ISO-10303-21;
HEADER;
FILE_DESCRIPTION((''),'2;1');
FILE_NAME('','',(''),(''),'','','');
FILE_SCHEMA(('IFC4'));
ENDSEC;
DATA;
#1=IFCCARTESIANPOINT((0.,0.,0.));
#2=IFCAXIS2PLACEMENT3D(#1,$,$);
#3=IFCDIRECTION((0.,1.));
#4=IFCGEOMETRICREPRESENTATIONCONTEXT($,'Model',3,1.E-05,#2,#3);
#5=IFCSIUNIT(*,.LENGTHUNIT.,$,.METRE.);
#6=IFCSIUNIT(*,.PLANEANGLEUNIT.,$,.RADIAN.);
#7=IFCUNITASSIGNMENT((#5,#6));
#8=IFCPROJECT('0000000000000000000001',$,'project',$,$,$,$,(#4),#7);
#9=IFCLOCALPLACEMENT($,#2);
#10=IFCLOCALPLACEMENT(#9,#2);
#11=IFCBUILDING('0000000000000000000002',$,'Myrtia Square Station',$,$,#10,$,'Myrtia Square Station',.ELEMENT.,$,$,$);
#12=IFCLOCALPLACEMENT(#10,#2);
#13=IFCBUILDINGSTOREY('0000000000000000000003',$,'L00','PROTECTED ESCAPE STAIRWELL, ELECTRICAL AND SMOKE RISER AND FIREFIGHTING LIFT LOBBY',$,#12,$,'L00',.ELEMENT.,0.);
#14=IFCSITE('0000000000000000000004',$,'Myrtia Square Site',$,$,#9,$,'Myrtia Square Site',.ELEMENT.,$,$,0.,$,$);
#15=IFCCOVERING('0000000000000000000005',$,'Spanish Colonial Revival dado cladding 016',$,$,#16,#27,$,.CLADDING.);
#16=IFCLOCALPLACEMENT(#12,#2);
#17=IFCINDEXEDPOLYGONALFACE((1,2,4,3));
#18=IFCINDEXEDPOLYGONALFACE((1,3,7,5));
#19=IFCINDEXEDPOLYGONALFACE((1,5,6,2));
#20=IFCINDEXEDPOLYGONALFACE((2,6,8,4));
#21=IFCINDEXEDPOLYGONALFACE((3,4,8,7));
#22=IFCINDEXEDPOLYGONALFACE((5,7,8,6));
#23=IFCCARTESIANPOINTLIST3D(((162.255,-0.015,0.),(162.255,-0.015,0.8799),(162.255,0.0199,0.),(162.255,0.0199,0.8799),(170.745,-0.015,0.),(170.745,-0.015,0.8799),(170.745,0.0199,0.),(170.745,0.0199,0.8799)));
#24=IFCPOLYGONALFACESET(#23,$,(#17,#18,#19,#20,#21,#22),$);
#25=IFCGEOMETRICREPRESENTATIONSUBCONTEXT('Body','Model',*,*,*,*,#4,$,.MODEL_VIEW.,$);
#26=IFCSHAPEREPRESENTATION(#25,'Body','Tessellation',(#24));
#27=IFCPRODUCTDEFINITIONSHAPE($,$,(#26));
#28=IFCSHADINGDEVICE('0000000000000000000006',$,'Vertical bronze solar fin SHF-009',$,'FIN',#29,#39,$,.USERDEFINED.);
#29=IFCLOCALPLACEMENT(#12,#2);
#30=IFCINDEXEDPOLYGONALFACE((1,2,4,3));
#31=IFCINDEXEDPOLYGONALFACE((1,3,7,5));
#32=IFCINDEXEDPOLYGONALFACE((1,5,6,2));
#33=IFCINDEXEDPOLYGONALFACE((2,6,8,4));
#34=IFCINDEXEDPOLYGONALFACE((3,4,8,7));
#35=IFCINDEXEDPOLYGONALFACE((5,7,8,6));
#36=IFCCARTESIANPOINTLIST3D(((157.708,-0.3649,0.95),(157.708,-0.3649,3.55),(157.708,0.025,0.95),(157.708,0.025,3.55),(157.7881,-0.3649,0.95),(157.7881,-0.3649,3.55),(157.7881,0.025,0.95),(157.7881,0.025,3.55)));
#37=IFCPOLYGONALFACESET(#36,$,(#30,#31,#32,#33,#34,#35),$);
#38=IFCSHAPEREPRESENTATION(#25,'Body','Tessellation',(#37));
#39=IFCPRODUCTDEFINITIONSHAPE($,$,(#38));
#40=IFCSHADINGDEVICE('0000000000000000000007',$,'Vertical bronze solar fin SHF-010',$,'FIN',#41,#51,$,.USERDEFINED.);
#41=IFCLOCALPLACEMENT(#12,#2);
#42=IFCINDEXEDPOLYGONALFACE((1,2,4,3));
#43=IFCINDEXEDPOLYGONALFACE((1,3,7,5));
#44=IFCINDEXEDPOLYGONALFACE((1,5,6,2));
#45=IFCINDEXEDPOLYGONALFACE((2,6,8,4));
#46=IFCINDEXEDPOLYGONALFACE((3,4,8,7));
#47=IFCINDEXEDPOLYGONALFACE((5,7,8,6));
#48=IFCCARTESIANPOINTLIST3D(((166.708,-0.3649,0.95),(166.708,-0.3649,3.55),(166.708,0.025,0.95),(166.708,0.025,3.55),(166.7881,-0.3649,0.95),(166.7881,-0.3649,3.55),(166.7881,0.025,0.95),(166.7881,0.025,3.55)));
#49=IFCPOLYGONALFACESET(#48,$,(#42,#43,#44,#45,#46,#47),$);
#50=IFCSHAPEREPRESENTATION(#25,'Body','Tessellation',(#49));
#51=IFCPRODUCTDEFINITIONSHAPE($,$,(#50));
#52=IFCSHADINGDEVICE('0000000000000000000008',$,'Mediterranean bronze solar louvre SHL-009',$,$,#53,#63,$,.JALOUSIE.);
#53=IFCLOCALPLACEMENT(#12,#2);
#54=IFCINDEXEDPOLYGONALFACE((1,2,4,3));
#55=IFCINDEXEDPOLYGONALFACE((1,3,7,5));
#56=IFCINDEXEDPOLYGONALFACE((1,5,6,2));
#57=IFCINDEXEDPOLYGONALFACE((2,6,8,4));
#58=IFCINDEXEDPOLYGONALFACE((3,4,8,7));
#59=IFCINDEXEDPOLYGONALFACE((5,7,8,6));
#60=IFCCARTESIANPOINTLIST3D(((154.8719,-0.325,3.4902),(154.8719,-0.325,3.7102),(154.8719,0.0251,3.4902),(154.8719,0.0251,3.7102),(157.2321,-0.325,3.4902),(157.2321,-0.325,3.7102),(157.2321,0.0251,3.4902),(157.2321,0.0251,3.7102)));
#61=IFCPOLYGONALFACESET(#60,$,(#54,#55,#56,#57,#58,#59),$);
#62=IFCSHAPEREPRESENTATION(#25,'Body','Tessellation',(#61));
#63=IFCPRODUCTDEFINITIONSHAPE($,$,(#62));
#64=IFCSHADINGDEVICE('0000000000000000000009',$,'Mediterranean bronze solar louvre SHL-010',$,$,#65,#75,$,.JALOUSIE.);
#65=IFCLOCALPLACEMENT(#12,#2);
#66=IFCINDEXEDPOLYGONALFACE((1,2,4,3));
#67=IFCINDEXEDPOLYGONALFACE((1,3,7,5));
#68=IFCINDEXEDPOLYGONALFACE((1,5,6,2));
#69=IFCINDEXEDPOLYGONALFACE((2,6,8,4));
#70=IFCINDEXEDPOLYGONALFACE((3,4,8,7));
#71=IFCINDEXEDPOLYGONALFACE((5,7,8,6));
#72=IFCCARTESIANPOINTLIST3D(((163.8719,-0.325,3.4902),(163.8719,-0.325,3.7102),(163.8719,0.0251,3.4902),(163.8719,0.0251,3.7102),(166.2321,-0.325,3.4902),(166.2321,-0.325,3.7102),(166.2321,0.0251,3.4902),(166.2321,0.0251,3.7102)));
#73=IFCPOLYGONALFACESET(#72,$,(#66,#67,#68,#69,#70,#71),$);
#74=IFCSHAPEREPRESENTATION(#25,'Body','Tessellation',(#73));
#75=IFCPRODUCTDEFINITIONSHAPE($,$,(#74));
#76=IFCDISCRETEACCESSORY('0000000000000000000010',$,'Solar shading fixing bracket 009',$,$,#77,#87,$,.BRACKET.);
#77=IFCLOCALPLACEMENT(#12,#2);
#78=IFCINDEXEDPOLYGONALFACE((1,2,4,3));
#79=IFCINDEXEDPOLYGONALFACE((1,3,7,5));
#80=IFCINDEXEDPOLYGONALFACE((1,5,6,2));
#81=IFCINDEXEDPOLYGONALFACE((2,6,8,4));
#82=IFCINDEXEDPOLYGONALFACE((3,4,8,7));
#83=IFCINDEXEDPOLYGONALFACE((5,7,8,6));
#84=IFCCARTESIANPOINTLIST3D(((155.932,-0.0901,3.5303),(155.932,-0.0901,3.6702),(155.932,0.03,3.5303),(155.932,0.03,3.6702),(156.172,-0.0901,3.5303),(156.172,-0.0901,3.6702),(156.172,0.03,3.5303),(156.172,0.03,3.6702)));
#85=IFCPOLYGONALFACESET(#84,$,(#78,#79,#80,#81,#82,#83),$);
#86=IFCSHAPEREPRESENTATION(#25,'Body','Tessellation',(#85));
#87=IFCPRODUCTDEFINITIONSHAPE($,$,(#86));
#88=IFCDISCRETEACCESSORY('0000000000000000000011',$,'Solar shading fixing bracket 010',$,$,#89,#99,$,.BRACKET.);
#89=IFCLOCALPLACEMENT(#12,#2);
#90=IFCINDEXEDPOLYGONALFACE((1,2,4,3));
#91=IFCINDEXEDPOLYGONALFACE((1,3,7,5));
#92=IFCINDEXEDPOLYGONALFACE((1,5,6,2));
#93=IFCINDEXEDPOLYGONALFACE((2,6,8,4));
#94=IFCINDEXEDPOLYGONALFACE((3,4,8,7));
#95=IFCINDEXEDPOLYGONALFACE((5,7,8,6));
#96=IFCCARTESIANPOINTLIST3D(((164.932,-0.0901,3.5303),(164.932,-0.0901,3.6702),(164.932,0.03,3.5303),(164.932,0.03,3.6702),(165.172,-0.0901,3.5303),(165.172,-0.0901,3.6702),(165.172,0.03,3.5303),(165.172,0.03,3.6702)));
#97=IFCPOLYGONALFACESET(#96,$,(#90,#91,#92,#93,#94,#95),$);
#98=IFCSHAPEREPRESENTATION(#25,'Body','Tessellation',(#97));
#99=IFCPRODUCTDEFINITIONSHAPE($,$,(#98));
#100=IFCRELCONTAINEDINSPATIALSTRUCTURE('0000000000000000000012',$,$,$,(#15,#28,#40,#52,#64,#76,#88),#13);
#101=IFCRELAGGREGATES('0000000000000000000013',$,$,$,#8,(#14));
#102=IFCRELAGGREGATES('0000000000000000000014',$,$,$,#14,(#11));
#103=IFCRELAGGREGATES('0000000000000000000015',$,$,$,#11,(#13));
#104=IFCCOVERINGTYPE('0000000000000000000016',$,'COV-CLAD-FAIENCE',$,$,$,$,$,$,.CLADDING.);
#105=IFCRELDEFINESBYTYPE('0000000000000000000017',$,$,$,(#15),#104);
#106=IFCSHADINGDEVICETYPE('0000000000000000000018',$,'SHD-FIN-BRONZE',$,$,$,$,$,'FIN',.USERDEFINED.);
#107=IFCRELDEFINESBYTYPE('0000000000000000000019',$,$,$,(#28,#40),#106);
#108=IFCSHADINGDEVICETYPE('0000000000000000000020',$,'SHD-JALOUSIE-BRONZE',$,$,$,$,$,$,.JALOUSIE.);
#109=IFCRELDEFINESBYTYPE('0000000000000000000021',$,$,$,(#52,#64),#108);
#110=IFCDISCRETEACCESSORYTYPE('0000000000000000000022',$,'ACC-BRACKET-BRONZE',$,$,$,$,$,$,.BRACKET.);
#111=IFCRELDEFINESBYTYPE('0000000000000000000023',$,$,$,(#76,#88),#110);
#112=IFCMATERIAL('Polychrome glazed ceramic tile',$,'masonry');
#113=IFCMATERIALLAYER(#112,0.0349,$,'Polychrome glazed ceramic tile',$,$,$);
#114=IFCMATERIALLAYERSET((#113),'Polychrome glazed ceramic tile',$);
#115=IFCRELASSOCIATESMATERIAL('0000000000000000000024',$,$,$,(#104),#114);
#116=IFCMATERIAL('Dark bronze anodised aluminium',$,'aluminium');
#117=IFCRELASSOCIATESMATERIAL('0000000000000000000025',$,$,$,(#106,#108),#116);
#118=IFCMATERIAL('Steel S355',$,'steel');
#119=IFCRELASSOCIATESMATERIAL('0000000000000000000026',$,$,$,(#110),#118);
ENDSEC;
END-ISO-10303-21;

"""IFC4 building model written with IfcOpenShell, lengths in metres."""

from ifc_helpers import new_model, si_unit, direction, frame, origin, origin_2d, place, context, subcontext, project, spatial, rectangle, extrude, material, layer, layer_set, type_object, element, save


model = new_model("IFC4")

# Units and contexts
model_context = context("Model", 3, precision=1e-05, world=origin(), true_north=direction((0.0, 1.0)))
body_context = subcontext(model_context, "Body", "Model", "MODEL_VIEW")
ifc_project = project(units=[si_unit("LENGTHUNIT", "METRE"), si_unit("PLANEANGLEUNIT", "RADIAN")], contexts=[model_context])

# Site, building, storey
site_placement = place(None, origin())
site = spatial("IfcSite", under=ifc_project, at=site_placement, Name="Myrtia Square Site", LongName="Myrtia Square Site", CompositionType="ELEMENT", RefElevation=0.0)
building_placement = place(site_placement, origin())
building = spatial("IfcBuilding", under=site, at=building_placement, Name="Myrtia Square Station", LongName="Myrtia Square Station", CompositionType="ELEMENT")
storey_placement = place(building_placement, origin())
storey = spatial("IfcBuildingStorey", under=building, at=storey_placement, Name="L00", Description="PROTECTED ESCAPE STAIRWELL, ELECTRICAL AND SMOKE RISER AND FIREFIGHTING LIFT LOBBY", LongName="L00", CompositionType="ELEMENT", Elevation=0.0)

# Shared definitions
ifc_material_1 = material(Name="Steel S355", Category="steel")

# Covering
ifc_material_2 = material(Name="Polychrome glazed ceramic tile", Category="masonry")
ifc_layer_1 = layer(ifc_material_2, 0.0349, Name="Polychrome glazed ceramic tile")
ifc_layer_set_1 = layer_set([ifc_layer_1], Name="Polychrome glazed ceramic tile")
covering_type_1 = type_object("IfcCoveringType", Name="COV-CLAD-FAIENCE", PredefinedType="CLADDING", material=ifc_layer_set_1)
covering_1_placement = place(storey_placement, frame((166.5, 0.0024, 0.0), z_axis=(0.0, 0.0, 1.0), x_axis=(1.0, 0.0, 0.0)))
element("IfcCovering", 1, at=covering_1_placement, inside=storey, type_object=covering_type_1, Name="Spanish Colonial Revival dado cladding 016", PredefinedType="CLADDING", context=body_context, shape_type="SweptSolid", body=[
    extrude(rectangle(XDim=8.49, YDim=0.0349, at=origin_2d()), origin(), (0.0, 0.0, 1.0), 0.8799),
])

# Shading devices
ifc_material_3 = material(Name="Dark bronze anodised aluminium", Category="aluminium")
shading_device_type_1 = type_object("IfcShadingDeviceType", Name="SHD-FIN-BRONZE", ElementType="FIN", PredefinedType="USERDEFINED", material=ifc_material_3)
for number, where, z_axis, x_axis, name in (
    (2, (157.748, -0.1699, 0.95), (0.0, 0.0, 1.0), (1.0, 0.0, 0.0), "Vertical bronze solar fin SHF-009"),
    (3, (166.748, -0.1699, 0.95), (0.0, 0.0, 1.0), (1.0, 0.0, 0.0), "Vertical bronze solar fin SHF-010"),
):
    element("IfcShadingDevice", number, at=place(storey_placement, frame(where, z_axis=z_axis, x_axis=x_axis)), inside=storey, type_object=shading_device_type_1, Name=name, ObjectType="FIN", PredefinedType="USERDEFINED", context=body_context, shape_type="SweptSolid", body=[
        extrude(rectangle(XDim=0.0801, YDim=0.3899, at=origin_2d()), origin(), (0.0, 0.0, 1.0), 2.6001),
    ])
shading_device_type_2 = type_object("IfcShadingDeviceType", Name="SHD-JALOUSIE-BRONZE", PredefinedType="JALOUSIE", material=ifc_material_3)
for number, where, z_axis, x_axis, name in (
    (4, (156.052, -0.1499, 3.4902), (0.0, 0.0, 1.0), (1.0, 0.0, 0.0), "Mediterranean bronze solar louvre SHL-009"),
    (5, (165.052, -0.1499, 3.4902), (0.0, 0.0, 1.0), (1.0, 0.0, 0.0), "Mediterranean bronze solar louvre SHL-010"),
):
    element("IfcShadingDevice", number, at=place(storey_placement, frame(where, z_axis=z_axis, x_axis=x_axis)), inside=storey, type_object=shading_device_type_2, Name=name, PredefinedType="JALOUSIE", context=body_context, shape_type="SweptSolid", body=[
        extrude(rectangle(XDim=2.3601, YDim=0.3501, at=origin_2d()), origin(), (0.0, 0.0, 1.0), 0.22),
    ])

# Discrete accessories
discrete_accessory_type = type_object("IfcDiscreteAccessoryType", Name="ACC-BRACKET-BRONZE", PredefinedType="BRACKET", material=ifc_material_1)
for number, where, z_axis, x_axis, name in (
    (6, (156.052, -0.03, 3.5303), (0.0, 0.0, 1.0), (1.0, 0.0, 0.0), "Solar shading fixing bracket 009"),
    (7, (165.052, -0.03, 3.5303), (0.0, 0.0, 1.0), (1.0, 0.0, 0.0), "Solar shading fixing bracket 010"),
):
    element("IfcDiscreteAccessory", number, at=place(storey_placement, frame(where, z_axis=z_axis, x_axis=x_axis)), inside=storey, type_object=discrete_accessory_type, Name=name, PredefinedType="BRACKET", context=body_context, shape_type="SweptSolid", body=[
        extrude(rectangle(XDim=0.24, YDim=0.1201, at=origin_2d()), origin(), (0.0, 0.0, 1.0), 0.1399),
    ])

save(model, "model.ifc")
